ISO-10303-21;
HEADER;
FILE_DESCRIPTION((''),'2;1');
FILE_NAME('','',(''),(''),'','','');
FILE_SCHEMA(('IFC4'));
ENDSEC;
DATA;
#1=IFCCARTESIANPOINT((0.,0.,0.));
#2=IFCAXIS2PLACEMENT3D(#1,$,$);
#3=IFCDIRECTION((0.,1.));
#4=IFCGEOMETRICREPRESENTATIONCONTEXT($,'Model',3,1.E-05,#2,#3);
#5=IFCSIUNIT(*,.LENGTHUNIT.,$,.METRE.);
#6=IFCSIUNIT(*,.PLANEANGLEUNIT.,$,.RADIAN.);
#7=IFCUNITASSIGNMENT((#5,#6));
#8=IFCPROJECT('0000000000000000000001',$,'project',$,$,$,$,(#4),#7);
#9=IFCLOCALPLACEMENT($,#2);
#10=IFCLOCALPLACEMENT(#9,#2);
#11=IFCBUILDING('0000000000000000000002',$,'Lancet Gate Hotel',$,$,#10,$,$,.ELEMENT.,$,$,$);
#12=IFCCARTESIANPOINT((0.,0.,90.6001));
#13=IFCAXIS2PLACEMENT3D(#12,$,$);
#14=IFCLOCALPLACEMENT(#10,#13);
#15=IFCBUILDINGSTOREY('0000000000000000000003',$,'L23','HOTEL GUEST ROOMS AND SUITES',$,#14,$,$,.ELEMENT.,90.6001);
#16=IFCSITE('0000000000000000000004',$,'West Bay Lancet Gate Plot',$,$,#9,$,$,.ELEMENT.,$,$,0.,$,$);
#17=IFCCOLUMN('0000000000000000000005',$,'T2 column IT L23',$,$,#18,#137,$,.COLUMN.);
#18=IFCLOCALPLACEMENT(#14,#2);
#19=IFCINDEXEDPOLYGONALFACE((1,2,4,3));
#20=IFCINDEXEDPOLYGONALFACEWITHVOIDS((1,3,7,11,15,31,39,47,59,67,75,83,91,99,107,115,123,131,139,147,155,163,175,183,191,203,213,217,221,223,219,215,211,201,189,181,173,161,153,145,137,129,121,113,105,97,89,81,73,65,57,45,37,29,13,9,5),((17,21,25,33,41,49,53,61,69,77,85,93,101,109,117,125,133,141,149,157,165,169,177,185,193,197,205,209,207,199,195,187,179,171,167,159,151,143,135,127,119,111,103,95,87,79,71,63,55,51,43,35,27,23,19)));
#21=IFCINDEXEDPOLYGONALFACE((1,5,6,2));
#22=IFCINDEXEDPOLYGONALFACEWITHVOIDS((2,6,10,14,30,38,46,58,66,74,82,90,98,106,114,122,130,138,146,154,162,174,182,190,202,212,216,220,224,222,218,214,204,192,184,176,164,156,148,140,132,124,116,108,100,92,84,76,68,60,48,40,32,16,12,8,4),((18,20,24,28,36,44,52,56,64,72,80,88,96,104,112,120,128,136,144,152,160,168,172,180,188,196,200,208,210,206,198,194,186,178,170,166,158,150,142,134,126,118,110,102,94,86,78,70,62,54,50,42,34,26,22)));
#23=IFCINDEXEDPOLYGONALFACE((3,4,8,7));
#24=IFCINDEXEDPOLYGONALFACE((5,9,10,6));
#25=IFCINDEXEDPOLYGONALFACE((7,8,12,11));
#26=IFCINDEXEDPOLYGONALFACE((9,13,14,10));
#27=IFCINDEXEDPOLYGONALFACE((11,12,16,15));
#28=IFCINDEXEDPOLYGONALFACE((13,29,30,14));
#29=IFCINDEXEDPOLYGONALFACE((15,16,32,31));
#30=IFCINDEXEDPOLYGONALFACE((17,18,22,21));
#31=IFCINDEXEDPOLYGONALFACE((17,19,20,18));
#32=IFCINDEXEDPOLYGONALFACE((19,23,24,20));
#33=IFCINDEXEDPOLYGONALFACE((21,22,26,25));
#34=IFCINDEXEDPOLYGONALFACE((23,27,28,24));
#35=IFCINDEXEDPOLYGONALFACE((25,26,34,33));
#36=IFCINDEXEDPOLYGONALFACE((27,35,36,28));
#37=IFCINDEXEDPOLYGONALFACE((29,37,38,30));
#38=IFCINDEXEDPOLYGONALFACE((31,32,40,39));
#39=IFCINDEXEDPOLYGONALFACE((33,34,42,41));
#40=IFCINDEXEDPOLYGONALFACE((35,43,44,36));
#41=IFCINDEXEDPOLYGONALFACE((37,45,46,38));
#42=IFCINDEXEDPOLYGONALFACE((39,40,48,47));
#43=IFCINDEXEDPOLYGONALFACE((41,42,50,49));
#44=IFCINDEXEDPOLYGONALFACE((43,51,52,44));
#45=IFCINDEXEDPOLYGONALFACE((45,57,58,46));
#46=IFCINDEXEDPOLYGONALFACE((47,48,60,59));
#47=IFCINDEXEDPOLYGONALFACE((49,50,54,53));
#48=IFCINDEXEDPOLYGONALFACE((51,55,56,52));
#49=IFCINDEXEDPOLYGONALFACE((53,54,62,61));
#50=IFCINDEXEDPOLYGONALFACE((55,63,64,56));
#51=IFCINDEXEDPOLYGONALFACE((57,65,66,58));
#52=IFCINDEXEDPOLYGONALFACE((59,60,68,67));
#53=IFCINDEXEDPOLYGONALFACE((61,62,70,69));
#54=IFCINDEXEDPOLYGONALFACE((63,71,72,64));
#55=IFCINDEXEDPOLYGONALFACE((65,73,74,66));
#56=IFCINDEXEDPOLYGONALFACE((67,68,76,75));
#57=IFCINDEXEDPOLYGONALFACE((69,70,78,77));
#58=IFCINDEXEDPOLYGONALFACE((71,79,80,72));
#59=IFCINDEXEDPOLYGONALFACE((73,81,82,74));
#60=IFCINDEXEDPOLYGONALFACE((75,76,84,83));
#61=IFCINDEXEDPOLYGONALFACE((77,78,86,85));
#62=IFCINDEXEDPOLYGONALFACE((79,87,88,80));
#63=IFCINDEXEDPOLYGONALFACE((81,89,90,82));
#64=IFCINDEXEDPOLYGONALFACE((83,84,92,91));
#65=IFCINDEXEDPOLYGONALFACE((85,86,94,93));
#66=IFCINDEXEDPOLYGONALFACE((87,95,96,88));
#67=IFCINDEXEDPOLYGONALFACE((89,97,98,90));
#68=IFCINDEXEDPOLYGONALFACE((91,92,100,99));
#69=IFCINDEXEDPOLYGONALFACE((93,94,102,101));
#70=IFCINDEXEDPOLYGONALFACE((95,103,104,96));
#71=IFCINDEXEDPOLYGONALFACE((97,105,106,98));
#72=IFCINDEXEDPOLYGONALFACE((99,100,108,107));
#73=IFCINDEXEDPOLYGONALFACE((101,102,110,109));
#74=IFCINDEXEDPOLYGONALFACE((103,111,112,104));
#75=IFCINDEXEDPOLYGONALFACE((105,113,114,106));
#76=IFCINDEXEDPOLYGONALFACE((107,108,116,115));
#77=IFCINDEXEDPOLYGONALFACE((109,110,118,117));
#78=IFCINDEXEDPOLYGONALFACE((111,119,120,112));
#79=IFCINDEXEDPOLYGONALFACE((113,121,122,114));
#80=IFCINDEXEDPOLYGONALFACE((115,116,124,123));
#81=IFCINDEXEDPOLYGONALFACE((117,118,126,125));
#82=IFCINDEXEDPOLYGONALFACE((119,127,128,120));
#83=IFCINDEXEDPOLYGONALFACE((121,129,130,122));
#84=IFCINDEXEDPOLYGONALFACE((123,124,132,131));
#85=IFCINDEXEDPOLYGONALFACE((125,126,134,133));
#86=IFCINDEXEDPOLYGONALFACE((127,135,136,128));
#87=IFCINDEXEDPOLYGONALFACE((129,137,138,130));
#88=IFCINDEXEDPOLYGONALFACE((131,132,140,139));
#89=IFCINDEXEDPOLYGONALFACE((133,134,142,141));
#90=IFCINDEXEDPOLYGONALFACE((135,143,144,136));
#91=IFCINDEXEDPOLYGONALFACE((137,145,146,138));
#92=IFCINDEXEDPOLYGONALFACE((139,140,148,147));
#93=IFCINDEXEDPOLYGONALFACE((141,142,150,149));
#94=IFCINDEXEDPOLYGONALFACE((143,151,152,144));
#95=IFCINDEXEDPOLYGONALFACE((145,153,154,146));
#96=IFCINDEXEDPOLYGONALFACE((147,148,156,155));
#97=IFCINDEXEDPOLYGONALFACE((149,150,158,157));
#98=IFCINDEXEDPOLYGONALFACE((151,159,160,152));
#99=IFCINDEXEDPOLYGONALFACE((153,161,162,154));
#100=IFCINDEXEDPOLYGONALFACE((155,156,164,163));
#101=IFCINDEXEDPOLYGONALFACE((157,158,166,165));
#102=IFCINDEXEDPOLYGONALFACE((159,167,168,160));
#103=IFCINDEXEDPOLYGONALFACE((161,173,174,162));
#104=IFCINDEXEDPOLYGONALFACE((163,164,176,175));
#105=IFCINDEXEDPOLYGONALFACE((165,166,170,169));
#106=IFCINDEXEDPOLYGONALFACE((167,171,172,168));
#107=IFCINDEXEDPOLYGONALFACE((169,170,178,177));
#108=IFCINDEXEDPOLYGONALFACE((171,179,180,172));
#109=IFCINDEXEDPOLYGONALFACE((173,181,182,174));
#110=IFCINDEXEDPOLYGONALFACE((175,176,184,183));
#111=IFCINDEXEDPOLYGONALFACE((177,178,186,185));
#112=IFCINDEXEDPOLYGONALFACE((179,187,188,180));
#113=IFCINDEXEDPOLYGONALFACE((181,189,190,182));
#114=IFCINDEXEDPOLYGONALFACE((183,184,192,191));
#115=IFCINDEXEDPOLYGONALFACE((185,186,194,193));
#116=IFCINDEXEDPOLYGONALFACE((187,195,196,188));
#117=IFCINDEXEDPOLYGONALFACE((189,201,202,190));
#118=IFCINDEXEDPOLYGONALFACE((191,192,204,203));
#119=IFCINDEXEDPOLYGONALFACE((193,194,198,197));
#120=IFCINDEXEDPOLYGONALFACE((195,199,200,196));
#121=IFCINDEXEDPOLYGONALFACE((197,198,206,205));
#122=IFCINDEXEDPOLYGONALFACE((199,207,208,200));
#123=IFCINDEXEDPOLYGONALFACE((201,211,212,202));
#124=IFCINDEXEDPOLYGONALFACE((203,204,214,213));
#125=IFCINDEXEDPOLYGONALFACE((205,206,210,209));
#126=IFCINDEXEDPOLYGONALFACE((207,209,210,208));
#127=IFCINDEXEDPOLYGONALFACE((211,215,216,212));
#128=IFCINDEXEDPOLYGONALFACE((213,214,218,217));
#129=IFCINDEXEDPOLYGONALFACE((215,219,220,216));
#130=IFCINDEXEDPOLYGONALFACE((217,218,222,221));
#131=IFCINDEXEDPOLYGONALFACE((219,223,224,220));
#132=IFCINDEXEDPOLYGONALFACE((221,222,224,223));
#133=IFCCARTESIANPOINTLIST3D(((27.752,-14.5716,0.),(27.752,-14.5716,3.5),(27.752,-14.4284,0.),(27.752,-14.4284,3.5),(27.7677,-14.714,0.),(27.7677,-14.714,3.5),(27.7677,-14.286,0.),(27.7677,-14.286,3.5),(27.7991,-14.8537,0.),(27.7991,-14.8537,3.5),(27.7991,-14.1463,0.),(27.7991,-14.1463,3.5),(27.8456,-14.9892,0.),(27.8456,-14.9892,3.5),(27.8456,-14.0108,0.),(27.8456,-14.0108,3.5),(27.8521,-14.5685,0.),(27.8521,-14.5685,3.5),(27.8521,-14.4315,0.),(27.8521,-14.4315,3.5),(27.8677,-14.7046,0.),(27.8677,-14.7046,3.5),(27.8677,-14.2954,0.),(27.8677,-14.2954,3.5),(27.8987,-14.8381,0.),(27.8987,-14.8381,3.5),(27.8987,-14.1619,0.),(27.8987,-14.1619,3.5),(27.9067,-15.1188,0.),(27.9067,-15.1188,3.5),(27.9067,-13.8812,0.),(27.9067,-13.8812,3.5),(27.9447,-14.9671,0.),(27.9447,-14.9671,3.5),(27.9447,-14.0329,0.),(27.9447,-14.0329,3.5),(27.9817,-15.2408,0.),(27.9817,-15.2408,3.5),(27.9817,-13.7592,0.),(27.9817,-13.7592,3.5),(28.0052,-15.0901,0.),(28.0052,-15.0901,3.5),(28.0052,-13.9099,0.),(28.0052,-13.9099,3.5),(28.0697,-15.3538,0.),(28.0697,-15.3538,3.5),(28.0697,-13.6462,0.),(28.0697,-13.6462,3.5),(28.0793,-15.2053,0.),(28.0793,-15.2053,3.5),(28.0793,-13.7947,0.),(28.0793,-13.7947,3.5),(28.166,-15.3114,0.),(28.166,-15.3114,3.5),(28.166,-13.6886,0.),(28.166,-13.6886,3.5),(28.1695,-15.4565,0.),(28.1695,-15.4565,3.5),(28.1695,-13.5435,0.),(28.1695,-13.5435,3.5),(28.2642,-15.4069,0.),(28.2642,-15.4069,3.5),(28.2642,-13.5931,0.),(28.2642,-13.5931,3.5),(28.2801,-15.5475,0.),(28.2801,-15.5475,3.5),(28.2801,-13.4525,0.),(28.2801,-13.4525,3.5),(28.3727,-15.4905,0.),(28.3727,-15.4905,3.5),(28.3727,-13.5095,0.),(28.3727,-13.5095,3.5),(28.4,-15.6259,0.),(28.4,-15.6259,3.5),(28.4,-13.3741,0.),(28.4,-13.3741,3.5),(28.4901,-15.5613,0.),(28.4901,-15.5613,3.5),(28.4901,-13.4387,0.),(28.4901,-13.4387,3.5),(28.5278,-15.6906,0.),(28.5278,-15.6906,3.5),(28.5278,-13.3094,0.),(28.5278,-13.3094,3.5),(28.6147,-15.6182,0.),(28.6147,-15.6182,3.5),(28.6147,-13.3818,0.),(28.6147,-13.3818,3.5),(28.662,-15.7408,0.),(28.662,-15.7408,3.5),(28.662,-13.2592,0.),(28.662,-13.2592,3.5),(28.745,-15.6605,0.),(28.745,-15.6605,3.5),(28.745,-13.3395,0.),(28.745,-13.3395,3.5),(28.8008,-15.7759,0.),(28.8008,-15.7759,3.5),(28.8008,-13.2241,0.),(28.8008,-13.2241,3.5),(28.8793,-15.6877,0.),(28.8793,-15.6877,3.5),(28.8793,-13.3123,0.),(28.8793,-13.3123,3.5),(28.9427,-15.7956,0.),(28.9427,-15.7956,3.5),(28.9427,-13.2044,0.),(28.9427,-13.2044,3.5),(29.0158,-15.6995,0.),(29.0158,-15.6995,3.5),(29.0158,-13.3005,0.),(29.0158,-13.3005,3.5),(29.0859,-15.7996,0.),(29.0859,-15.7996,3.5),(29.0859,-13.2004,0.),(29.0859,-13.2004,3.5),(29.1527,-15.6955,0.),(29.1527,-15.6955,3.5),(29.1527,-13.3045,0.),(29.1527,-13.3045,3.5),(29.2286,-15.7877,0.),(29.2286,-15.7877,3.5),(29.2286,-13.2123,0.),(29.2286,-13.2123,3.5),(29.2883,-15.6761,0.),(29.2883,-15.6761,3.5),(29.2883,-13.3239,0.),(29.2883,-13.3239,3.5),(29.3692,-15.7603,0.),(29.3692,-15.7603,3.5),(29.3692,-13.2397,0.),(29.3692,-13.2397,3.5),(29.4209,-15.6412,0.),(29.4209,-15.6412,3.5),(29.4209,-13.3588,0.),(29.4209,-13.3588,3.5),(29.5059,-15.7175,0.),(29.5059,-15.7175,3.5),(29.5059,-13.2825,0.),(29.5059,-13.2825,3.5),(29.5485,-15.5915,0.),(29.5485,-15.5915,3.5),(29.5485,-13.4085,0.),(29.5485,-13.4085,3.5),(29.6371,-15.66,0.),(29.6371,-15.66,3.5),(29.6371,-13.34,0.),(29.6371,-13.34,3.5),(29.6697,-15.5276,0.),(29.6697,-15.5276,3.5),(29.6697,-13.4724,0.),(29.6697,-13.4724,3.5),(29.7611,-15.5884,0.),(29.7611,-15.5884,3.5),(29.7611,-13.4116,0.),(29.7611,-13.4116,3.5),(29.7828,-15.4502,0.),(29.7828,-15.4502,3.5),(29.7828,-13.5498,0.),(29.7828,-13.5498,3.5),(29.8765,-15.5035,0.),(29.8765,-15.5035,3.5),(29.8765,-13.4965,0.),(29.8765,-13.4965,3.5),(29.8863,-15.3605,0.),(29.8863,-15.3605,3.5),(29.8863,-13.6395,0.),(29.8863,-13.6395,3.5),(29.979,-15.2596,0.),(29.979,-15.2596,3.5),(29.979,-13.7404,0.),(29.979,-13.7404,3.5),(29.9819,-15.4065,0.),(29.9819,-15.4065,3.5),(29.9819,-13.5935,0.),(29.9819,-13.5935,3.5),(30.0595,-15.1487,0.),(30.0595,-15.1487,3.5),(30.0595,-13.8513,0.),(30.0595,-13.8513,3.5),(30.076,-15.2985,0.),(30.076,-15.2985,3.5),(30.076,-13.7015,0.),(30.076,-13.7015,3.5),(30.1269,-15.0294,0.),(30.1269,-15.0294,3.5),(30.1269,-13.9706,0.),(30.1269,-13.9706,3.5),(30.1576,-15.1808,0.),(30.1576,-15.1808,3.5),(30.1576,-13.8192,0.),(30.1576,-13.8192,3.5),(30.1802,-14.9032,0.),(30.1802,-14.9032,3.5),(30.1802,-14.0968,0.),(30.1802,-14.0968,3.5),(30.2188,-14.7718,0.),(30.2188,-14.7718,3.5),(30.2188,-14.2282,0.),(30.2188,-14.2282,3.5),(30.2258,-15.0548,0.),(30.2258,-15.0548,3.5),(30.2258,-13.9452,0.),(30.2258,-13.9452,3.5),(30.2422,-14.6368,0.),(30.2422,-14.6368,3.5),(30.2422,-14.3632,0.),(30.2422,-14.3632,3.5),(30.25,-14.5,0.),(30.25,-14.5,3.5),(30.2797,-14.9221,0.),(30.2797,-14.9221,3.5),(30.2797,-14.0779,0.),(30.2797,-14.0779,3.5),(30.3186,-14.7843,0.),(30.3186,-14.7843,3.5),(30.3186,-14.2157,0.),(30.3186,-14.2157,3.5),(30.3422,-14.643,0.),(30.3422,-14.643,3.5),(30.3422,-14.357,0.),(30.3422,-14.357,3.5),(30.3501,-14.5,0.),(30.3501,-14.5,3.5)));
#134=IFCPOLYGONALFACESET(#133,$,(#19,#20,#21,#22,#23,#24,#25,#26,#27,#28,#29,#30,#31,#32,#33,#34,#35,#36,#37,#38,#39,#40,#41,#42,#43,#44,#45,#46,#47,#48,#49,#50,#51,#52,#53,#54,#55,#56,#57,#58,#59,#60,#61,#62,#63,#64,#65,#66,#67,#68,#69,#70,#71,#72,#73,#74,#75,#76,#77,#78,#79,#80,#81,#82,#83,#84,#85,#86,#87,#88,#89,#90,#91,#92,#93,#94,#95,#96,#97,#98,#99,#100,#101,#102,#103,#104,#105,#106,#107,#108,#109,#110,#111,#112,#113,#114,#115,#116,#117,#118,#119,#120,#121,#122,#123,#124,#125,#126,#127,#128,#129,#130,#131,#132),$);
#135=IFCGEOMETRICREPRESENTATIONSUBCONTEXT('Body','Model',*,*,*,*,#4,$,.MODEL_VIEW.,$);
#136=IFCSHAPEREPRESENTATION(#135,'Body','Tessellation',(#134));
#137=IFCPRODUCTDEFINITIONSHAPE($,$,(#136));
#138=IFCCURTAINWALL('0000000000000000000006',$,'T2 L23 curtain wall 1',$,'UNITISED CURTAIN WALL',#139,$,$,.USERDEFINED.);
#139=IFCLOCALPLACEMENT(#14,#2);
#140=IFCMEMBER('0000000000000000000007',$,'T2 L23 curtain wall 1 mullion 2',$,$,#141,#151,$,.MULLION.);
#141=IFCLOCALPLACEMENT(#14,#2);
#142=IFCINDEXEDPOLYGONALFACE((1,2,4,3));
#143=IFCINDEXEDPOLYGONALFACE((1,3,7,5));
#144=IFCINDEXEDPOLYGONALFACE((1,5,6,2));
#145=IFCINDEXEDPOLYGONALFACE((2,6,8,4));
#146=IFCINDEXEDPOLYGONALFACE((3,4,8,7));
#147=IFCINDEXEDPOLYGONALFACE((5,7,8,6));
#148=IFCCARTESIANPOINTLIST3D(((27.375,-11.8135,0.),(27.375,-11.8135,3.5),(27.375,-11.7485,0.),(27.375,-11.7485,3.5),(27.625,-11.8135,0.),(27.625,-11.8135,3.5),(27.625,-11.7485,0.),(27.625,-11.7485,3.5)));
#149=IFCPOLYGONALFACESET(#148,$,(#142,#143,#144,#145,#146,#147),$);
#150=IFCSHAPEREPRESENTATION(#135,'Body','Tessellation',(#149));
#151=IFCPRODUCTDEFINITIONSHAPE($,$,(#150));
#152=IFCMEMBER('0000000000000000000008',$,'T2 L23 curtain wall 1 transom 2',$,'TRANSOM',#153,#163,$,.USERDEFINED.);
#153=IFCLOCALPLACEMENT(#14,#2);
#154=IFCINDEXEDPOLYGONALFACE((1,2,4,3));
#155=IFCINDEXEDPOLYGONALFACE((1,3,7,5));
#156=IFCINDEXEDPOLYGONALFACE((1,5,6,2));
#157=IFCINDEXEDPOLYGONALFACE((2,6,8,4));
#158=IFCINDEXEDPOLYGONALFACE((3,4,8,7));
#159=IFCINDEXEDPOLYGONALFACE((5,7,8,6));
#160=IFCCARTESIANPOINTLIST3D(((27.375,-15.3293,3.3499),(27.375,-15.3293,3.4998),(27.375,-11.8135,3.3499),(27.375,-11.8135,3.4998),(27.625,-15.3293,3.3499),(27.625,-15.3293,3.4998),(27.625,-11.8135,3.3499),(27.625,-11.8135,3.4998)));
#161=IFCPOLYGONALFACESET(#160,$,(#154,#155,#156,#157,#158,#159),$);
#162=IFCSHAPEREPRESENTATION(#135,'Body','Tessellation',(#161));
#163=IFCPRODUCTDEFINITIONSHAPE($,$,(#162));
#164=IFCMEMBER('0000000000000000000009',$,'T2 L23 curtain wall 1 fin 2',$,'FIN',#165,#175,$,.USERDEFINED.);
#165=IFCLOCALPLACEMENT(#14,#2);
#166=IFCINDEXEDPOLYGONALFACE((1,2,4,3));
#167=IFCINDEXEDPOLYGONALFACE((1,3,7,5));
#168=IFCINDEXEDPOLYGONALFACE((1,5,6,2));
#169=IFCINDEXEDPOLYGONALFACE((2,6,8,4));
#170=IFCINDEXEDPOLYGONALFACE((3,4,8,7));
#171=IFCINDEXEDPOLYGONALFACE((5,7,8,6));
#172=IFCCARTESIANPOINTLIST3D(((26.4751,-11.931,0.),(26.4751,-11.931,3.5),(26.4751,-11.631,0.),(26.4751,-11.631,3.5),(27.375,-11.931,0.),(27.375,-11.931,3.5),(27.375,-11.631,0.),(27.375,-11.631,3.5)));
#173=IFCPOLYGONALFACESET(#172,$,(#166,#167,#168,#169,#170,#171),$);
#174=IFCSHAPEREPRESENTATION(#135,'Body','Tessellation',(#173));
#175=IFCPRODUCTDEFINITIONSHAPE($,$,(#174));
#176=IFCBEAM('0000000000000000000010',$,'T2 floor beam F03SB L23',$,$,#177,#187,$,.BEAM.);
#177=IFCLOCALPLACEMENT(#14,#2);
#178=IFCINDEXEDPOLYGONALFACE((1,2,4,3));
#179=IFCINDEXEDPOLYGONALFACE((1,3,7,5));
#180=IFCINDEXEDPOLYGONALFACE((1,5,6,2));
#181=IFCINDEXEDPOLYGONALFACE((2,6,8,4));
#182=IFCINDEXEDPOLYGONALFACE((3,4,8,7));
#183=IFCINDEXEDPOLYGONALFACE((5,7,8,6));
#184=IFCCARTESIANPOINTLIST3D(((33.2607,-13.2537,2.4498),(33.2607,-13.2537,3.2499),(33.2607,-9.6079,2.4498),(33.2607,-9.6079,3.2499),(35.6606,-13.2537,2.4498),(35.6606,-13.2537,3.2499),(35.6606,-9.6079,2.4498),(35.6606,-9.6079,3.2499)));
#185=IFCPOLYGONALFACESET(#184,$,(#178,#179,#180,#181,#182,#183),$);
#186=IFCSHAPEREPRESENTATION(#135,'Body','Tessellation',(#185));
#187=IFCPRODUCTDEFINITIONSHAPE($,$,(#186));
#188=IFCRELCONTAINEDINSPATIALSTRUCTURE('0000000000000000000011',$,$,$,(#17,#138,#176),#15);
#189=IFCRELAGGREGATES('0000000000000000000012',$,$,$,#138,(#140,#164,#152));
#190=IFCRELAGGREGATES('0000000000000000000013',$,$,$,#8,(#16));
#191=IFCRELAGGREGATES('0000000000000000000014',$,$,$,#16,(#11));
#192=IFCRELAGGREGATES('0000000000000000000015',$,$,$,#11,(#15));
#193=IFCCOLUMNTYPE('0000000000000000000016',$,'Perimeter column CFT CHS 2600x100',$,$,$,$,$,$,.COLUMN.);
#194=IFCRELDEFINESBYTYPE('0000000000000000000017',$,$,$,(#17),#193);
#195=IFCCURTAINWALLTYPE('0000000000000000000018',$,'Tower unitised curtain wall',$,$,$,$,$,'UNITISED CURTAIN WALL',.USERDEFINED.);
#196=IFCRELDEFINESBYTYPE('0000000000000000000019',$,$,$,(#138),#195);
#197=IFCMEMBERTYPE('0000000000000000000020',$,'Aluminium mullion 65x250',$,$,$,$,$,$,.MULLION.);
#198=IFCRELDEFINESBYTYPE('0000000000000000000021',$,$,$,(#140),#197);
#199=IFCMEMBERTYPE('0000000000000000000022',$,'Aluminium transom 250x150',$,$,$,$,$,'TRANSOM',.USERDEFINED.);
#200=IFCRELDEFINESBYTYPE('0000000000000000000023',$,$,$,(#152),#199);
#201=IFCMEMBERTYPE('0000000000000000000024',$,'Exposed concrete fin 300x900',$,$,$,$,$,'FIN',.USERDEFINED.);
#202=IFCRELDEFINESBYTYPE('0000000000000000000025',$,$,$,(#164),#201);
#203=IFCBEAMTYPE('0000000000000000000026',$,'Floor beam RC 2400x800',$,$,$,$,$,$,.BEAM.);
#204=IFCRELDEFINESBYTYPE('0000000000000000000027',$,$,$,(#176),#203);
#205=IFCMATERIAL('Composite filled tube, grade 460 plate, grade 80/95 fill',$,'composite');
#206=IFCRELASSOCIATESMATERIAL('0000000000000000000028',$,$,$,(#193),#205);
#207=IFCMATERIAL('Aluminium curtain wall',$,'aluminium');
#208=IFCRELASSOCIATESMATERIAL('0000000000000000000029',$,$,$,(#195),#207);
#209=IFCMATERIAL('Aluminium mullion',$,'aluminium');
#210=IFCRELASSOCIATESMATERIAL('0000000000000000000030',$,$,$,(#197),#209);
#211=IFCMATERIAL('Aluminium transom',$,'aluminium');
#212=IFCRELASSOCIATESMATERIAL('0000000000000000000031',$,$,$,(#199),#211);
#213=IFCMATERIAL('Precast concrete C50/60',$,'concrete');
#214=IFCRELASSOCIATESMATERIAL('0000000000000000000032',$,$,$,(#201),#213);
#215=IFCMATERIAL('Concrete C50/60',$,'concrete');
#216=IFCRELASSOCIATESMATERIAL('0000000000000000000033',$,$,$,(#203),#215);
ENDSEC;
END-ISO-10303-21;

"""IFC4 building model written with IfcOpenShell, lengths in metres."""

from ifc_helpers import new_model, si_unit, direction, frame, origin, origin_2d, place, context, subcontext, project, spatial, rectangle, hollow_circle, extrude, material, material_profile, profile_set, type_object, element, aggregate, save


model = new_model("IFC4")

# Units and contexts
model_context = context("Model", 3, precision=1e-05, world=origin(), true_north=direction((0.0, 1.0)))
body_context = subcontext(model_context, "Body", "Model", "MODEL_VIEW")
ifc_project = project(units=[si_unit("LENGTHUNIT", "METRE"), si_unit("PLANEANGLEUNIT", "RADIAN")], contexts=[model_context])

# Site, building, storey
site_placement = place(None, origin())
site = spatial("IfcSite", under=ifc_project, at=site_placement, Name="West Bay Lancet Gate Plot", CompositionType="ELEMENT", RefElevation=0.0)
building_placement = place(site_placement, origin())
building = spatial("IfcBuilding", under=site, at=building_placement, Name="Lancet Gate Hotel", CompositionType="ELEMENT")
storey_placement = place(building_placement, frame((0.0, 0.0, 90.6001)))
storey = spatial("IfcBuildingStorey", under=building, at=storey_placement, Name="L23", Description="HOTEL GUEST ROOMS AND SUITES", CompositionType="ELEMENT", Elevation=90.6001)

# Column
ifc_material_1 = material(Name="Composite filled tube, grade 460 plate, grade 80/95 fill", Category="composite")
ifc_material_profile_1 = material_profile(ifc_material_1, hollow_circle(Radius=1.3, WallThickness=0.1001, at=origin_2d()), Name="CHS 2600x100")
ifc_profile_set_1 = profile_set([ifc_material_profile_1], Name="Composite filled tube, grade 460 plate, grade 80/95 fill")
column_type = type_object("IfcColumnType", Name="Perimeter column CFT CHS 2600x100", PredefinedType="COLUMN", material=ifc_profile_set_1)
for number, where, z_axis, x_axis, name in (
    (1, (29.05, -14.5, 0.0), (0.0, 0.0, 1.0), (1.0, 0.0, 0.0), "T2 column IT L23"),
):
    element("IfcColumn", number, at=place(storey_placement, frame(where, z_axis=z_axis, x_axis=x_axis)), inside=storey, type_object=column_type, Name=name, PredefinedType="COLUMN", context=body_context, shape_type="SweptSolid", body=[
        extrude(hollow_circle(Radius=1.3, WallThickness=0.1001, at=origin_2d()), origin(), (0.0, 0.0, 1.0), 3.5),
    ])

# Curtain wall, members
ifc_material_2 = material(Name="Aluminium curtain wall", Category="aluminium")
curtain_wall_type = type_object("IfcCurtainWallType", Name="Tower unitised curtain wall", ElementType="UNITISED CURTAIN WALL", PredefinedType="USERDEFINED", material=ifc_material_2)
curtain_wall_placement = place(storey_placement, origin())
curtain_wall = element("IfcCurtainWall", 2, at=curtain_wall_placement, inside=storey, type_object=curtain_wall_type, Name="T2 L23 curtain wall 1", ObjectType="UNITISED CURTAIN WALL", PredefinedType="USERDEFINED")
ifc_material_3 = material(Name="Aluminium mullion", Category="aluminium")
ifc_material_profile_2 = material_profile(ifc_material_3, rectangle(XDim=0.0649, YDim=0.25, at=origin_2d()), Name="MULLION 65x250")
ifc_profile_set_2 = profile_set([ifc_material_profile_2], Name="Aluminium mullion")
member_type_1 = type_object("IfcMemberType", Name="Aluminium mullion 65x250", PredefinedType="MULLION", material=ifc_profile_set_2)
member_1_placement = place(storey_placement, frame((27.5, -11.781, 0.0), z_axis=(0.0, 0.0, 1.0), x_axis=(0.0, -1.0, 0.0)))
member_1 = element("IfcMember", 3, at=member_1_placement, type_object=member_type_1, Name="T2 L23 curtain wall 1 mullion 2", PredefinedType="MULLION", context=body_context, shape_type="SweptSolid", body=[
    extrude(rectangle(XDim=0.0649, YDim=0.25, at=origin_2d()), origin(), (0.0, 0.0, 1.0), 3.5),
])
ifc_material_4 = material(Name="Aluminium transom", Category="aluminium")
ifc_material_profile_3 = material_profile(ifc_material_4, rectangle(XDim=0.25, YDim=0.1499, at=origin_2d()), Name="TRANSOM 250x150")
ifc_profile_set_3 = profile_set([ifc_material_profile_3], Name="Aluminium transom")
member_type_2 = type_object("IfcMemberType", Name="Aluminium transom 250x150", ElementType="TRANSOM", PredefinedType="USERDEFINED", material=ifc_profile_set_3)
member_2_placement = place(storey_placement, frame((27.5, -11.8135, 3.4248), z_axis=(0.0, -1.0, 0.0), x_axis=(1.0, 0.0, 0.0)))
member_2 = element("IfcMember", 4, at=member_2_placement, type_object=member_type_2, Name="T2 L23 curtain wall 1 transom 2", ObjectType="TRANSOM", PredefinedType="USERDEFINED", context=body_context, shape_type="SweptSolid", body=[
    extrude(rectangle(XDim=0.25, YDim=0.1499, at=origin_2d()), origin(), (0.0, 0.0, 1.0), 3.5159),
])
ifc_material_5 = material(Name="Precast concrete C50/60", Category="concrete")
ifc_material_profile_4 = material_profile(ifc_material_5, rectangle(XDim=0.3, YDim=0.8999, at=origin_2d()), Name="FIN 300x900")
ifc_profile_set_4 = profile_set([ifc_material_profile_4], Name="Precast concrete C50/60")
member_type_3 = type_object("IfcMemberType", Name="Exposed concrete fin 300x900", ElementType="FIN", PredefinedType="USERDEFINED", material=ifc_profile_set_4)
member_3_placement = place(storey_placement, frame((26.925, -11.781, 0.0), z_axis=(0.0, 0.0, 1.0), x_axis=(0.0, -1.0, 0.0)))
member_3 = element("IfcMember", 5, at=member_3_placement, type_object=member_type_3, Name="T2 L23 curtain wall 1 fin 2", ObjectType="FIN", PredefinedType="USERDEFINED", context=body_context, shape_type="SweptSolid", body=[
    extrude(rectangle(XDim=0.3, YDim=0.8999, at=origin_2d()), origin(), (0.0, 0.0, 1.0), 3.5),
])

# Beam
ifc_material_6 = material(Name="Concrete C50/60", Category="concrete")
ifc_material_profile_5 = material_profile(ifc_material_6, rectangle(XDim=2.3999, YDim=0.8, at=origin_2d()), Name="RC 2400x800")
ifc_profile_set_5 = profile_set([ifc_material_profile_5], Name="Concrete C50/60")
beam_type_1 = type_object("IfcBeamType", Name="Floor beam RC 2400x800", PredefinedType="BEAM", material=ifc_profile_set_5)
for number, where, z_axis, x_axis, name in (
    (6, (34.4607, -13.2537, 2.8499), (0.0, 1.0, 0.0), (-1.0, 0.0, 0.0), "T2 floor beam F03SB L23"),
):
    element("IfcBeam", number, at=place(storey_placement, frame(where, z_axis=z_axis, x_axis=x_axis)), inside=storey, type_object=beam_type_1, Name=name, PredefinedType="BEAM", context=body_context, shape_type="SweptSolid", body=[
        extrude(rectangle(XDim=2.3999, YDim=0.8, at=origin_2d()), origin(), (0.0, 0.0, 1.0), 3.6458),
    ])

aggregate(curtain_wall, [member_1, member_3, member_2])

save(model, "model.ifc")
